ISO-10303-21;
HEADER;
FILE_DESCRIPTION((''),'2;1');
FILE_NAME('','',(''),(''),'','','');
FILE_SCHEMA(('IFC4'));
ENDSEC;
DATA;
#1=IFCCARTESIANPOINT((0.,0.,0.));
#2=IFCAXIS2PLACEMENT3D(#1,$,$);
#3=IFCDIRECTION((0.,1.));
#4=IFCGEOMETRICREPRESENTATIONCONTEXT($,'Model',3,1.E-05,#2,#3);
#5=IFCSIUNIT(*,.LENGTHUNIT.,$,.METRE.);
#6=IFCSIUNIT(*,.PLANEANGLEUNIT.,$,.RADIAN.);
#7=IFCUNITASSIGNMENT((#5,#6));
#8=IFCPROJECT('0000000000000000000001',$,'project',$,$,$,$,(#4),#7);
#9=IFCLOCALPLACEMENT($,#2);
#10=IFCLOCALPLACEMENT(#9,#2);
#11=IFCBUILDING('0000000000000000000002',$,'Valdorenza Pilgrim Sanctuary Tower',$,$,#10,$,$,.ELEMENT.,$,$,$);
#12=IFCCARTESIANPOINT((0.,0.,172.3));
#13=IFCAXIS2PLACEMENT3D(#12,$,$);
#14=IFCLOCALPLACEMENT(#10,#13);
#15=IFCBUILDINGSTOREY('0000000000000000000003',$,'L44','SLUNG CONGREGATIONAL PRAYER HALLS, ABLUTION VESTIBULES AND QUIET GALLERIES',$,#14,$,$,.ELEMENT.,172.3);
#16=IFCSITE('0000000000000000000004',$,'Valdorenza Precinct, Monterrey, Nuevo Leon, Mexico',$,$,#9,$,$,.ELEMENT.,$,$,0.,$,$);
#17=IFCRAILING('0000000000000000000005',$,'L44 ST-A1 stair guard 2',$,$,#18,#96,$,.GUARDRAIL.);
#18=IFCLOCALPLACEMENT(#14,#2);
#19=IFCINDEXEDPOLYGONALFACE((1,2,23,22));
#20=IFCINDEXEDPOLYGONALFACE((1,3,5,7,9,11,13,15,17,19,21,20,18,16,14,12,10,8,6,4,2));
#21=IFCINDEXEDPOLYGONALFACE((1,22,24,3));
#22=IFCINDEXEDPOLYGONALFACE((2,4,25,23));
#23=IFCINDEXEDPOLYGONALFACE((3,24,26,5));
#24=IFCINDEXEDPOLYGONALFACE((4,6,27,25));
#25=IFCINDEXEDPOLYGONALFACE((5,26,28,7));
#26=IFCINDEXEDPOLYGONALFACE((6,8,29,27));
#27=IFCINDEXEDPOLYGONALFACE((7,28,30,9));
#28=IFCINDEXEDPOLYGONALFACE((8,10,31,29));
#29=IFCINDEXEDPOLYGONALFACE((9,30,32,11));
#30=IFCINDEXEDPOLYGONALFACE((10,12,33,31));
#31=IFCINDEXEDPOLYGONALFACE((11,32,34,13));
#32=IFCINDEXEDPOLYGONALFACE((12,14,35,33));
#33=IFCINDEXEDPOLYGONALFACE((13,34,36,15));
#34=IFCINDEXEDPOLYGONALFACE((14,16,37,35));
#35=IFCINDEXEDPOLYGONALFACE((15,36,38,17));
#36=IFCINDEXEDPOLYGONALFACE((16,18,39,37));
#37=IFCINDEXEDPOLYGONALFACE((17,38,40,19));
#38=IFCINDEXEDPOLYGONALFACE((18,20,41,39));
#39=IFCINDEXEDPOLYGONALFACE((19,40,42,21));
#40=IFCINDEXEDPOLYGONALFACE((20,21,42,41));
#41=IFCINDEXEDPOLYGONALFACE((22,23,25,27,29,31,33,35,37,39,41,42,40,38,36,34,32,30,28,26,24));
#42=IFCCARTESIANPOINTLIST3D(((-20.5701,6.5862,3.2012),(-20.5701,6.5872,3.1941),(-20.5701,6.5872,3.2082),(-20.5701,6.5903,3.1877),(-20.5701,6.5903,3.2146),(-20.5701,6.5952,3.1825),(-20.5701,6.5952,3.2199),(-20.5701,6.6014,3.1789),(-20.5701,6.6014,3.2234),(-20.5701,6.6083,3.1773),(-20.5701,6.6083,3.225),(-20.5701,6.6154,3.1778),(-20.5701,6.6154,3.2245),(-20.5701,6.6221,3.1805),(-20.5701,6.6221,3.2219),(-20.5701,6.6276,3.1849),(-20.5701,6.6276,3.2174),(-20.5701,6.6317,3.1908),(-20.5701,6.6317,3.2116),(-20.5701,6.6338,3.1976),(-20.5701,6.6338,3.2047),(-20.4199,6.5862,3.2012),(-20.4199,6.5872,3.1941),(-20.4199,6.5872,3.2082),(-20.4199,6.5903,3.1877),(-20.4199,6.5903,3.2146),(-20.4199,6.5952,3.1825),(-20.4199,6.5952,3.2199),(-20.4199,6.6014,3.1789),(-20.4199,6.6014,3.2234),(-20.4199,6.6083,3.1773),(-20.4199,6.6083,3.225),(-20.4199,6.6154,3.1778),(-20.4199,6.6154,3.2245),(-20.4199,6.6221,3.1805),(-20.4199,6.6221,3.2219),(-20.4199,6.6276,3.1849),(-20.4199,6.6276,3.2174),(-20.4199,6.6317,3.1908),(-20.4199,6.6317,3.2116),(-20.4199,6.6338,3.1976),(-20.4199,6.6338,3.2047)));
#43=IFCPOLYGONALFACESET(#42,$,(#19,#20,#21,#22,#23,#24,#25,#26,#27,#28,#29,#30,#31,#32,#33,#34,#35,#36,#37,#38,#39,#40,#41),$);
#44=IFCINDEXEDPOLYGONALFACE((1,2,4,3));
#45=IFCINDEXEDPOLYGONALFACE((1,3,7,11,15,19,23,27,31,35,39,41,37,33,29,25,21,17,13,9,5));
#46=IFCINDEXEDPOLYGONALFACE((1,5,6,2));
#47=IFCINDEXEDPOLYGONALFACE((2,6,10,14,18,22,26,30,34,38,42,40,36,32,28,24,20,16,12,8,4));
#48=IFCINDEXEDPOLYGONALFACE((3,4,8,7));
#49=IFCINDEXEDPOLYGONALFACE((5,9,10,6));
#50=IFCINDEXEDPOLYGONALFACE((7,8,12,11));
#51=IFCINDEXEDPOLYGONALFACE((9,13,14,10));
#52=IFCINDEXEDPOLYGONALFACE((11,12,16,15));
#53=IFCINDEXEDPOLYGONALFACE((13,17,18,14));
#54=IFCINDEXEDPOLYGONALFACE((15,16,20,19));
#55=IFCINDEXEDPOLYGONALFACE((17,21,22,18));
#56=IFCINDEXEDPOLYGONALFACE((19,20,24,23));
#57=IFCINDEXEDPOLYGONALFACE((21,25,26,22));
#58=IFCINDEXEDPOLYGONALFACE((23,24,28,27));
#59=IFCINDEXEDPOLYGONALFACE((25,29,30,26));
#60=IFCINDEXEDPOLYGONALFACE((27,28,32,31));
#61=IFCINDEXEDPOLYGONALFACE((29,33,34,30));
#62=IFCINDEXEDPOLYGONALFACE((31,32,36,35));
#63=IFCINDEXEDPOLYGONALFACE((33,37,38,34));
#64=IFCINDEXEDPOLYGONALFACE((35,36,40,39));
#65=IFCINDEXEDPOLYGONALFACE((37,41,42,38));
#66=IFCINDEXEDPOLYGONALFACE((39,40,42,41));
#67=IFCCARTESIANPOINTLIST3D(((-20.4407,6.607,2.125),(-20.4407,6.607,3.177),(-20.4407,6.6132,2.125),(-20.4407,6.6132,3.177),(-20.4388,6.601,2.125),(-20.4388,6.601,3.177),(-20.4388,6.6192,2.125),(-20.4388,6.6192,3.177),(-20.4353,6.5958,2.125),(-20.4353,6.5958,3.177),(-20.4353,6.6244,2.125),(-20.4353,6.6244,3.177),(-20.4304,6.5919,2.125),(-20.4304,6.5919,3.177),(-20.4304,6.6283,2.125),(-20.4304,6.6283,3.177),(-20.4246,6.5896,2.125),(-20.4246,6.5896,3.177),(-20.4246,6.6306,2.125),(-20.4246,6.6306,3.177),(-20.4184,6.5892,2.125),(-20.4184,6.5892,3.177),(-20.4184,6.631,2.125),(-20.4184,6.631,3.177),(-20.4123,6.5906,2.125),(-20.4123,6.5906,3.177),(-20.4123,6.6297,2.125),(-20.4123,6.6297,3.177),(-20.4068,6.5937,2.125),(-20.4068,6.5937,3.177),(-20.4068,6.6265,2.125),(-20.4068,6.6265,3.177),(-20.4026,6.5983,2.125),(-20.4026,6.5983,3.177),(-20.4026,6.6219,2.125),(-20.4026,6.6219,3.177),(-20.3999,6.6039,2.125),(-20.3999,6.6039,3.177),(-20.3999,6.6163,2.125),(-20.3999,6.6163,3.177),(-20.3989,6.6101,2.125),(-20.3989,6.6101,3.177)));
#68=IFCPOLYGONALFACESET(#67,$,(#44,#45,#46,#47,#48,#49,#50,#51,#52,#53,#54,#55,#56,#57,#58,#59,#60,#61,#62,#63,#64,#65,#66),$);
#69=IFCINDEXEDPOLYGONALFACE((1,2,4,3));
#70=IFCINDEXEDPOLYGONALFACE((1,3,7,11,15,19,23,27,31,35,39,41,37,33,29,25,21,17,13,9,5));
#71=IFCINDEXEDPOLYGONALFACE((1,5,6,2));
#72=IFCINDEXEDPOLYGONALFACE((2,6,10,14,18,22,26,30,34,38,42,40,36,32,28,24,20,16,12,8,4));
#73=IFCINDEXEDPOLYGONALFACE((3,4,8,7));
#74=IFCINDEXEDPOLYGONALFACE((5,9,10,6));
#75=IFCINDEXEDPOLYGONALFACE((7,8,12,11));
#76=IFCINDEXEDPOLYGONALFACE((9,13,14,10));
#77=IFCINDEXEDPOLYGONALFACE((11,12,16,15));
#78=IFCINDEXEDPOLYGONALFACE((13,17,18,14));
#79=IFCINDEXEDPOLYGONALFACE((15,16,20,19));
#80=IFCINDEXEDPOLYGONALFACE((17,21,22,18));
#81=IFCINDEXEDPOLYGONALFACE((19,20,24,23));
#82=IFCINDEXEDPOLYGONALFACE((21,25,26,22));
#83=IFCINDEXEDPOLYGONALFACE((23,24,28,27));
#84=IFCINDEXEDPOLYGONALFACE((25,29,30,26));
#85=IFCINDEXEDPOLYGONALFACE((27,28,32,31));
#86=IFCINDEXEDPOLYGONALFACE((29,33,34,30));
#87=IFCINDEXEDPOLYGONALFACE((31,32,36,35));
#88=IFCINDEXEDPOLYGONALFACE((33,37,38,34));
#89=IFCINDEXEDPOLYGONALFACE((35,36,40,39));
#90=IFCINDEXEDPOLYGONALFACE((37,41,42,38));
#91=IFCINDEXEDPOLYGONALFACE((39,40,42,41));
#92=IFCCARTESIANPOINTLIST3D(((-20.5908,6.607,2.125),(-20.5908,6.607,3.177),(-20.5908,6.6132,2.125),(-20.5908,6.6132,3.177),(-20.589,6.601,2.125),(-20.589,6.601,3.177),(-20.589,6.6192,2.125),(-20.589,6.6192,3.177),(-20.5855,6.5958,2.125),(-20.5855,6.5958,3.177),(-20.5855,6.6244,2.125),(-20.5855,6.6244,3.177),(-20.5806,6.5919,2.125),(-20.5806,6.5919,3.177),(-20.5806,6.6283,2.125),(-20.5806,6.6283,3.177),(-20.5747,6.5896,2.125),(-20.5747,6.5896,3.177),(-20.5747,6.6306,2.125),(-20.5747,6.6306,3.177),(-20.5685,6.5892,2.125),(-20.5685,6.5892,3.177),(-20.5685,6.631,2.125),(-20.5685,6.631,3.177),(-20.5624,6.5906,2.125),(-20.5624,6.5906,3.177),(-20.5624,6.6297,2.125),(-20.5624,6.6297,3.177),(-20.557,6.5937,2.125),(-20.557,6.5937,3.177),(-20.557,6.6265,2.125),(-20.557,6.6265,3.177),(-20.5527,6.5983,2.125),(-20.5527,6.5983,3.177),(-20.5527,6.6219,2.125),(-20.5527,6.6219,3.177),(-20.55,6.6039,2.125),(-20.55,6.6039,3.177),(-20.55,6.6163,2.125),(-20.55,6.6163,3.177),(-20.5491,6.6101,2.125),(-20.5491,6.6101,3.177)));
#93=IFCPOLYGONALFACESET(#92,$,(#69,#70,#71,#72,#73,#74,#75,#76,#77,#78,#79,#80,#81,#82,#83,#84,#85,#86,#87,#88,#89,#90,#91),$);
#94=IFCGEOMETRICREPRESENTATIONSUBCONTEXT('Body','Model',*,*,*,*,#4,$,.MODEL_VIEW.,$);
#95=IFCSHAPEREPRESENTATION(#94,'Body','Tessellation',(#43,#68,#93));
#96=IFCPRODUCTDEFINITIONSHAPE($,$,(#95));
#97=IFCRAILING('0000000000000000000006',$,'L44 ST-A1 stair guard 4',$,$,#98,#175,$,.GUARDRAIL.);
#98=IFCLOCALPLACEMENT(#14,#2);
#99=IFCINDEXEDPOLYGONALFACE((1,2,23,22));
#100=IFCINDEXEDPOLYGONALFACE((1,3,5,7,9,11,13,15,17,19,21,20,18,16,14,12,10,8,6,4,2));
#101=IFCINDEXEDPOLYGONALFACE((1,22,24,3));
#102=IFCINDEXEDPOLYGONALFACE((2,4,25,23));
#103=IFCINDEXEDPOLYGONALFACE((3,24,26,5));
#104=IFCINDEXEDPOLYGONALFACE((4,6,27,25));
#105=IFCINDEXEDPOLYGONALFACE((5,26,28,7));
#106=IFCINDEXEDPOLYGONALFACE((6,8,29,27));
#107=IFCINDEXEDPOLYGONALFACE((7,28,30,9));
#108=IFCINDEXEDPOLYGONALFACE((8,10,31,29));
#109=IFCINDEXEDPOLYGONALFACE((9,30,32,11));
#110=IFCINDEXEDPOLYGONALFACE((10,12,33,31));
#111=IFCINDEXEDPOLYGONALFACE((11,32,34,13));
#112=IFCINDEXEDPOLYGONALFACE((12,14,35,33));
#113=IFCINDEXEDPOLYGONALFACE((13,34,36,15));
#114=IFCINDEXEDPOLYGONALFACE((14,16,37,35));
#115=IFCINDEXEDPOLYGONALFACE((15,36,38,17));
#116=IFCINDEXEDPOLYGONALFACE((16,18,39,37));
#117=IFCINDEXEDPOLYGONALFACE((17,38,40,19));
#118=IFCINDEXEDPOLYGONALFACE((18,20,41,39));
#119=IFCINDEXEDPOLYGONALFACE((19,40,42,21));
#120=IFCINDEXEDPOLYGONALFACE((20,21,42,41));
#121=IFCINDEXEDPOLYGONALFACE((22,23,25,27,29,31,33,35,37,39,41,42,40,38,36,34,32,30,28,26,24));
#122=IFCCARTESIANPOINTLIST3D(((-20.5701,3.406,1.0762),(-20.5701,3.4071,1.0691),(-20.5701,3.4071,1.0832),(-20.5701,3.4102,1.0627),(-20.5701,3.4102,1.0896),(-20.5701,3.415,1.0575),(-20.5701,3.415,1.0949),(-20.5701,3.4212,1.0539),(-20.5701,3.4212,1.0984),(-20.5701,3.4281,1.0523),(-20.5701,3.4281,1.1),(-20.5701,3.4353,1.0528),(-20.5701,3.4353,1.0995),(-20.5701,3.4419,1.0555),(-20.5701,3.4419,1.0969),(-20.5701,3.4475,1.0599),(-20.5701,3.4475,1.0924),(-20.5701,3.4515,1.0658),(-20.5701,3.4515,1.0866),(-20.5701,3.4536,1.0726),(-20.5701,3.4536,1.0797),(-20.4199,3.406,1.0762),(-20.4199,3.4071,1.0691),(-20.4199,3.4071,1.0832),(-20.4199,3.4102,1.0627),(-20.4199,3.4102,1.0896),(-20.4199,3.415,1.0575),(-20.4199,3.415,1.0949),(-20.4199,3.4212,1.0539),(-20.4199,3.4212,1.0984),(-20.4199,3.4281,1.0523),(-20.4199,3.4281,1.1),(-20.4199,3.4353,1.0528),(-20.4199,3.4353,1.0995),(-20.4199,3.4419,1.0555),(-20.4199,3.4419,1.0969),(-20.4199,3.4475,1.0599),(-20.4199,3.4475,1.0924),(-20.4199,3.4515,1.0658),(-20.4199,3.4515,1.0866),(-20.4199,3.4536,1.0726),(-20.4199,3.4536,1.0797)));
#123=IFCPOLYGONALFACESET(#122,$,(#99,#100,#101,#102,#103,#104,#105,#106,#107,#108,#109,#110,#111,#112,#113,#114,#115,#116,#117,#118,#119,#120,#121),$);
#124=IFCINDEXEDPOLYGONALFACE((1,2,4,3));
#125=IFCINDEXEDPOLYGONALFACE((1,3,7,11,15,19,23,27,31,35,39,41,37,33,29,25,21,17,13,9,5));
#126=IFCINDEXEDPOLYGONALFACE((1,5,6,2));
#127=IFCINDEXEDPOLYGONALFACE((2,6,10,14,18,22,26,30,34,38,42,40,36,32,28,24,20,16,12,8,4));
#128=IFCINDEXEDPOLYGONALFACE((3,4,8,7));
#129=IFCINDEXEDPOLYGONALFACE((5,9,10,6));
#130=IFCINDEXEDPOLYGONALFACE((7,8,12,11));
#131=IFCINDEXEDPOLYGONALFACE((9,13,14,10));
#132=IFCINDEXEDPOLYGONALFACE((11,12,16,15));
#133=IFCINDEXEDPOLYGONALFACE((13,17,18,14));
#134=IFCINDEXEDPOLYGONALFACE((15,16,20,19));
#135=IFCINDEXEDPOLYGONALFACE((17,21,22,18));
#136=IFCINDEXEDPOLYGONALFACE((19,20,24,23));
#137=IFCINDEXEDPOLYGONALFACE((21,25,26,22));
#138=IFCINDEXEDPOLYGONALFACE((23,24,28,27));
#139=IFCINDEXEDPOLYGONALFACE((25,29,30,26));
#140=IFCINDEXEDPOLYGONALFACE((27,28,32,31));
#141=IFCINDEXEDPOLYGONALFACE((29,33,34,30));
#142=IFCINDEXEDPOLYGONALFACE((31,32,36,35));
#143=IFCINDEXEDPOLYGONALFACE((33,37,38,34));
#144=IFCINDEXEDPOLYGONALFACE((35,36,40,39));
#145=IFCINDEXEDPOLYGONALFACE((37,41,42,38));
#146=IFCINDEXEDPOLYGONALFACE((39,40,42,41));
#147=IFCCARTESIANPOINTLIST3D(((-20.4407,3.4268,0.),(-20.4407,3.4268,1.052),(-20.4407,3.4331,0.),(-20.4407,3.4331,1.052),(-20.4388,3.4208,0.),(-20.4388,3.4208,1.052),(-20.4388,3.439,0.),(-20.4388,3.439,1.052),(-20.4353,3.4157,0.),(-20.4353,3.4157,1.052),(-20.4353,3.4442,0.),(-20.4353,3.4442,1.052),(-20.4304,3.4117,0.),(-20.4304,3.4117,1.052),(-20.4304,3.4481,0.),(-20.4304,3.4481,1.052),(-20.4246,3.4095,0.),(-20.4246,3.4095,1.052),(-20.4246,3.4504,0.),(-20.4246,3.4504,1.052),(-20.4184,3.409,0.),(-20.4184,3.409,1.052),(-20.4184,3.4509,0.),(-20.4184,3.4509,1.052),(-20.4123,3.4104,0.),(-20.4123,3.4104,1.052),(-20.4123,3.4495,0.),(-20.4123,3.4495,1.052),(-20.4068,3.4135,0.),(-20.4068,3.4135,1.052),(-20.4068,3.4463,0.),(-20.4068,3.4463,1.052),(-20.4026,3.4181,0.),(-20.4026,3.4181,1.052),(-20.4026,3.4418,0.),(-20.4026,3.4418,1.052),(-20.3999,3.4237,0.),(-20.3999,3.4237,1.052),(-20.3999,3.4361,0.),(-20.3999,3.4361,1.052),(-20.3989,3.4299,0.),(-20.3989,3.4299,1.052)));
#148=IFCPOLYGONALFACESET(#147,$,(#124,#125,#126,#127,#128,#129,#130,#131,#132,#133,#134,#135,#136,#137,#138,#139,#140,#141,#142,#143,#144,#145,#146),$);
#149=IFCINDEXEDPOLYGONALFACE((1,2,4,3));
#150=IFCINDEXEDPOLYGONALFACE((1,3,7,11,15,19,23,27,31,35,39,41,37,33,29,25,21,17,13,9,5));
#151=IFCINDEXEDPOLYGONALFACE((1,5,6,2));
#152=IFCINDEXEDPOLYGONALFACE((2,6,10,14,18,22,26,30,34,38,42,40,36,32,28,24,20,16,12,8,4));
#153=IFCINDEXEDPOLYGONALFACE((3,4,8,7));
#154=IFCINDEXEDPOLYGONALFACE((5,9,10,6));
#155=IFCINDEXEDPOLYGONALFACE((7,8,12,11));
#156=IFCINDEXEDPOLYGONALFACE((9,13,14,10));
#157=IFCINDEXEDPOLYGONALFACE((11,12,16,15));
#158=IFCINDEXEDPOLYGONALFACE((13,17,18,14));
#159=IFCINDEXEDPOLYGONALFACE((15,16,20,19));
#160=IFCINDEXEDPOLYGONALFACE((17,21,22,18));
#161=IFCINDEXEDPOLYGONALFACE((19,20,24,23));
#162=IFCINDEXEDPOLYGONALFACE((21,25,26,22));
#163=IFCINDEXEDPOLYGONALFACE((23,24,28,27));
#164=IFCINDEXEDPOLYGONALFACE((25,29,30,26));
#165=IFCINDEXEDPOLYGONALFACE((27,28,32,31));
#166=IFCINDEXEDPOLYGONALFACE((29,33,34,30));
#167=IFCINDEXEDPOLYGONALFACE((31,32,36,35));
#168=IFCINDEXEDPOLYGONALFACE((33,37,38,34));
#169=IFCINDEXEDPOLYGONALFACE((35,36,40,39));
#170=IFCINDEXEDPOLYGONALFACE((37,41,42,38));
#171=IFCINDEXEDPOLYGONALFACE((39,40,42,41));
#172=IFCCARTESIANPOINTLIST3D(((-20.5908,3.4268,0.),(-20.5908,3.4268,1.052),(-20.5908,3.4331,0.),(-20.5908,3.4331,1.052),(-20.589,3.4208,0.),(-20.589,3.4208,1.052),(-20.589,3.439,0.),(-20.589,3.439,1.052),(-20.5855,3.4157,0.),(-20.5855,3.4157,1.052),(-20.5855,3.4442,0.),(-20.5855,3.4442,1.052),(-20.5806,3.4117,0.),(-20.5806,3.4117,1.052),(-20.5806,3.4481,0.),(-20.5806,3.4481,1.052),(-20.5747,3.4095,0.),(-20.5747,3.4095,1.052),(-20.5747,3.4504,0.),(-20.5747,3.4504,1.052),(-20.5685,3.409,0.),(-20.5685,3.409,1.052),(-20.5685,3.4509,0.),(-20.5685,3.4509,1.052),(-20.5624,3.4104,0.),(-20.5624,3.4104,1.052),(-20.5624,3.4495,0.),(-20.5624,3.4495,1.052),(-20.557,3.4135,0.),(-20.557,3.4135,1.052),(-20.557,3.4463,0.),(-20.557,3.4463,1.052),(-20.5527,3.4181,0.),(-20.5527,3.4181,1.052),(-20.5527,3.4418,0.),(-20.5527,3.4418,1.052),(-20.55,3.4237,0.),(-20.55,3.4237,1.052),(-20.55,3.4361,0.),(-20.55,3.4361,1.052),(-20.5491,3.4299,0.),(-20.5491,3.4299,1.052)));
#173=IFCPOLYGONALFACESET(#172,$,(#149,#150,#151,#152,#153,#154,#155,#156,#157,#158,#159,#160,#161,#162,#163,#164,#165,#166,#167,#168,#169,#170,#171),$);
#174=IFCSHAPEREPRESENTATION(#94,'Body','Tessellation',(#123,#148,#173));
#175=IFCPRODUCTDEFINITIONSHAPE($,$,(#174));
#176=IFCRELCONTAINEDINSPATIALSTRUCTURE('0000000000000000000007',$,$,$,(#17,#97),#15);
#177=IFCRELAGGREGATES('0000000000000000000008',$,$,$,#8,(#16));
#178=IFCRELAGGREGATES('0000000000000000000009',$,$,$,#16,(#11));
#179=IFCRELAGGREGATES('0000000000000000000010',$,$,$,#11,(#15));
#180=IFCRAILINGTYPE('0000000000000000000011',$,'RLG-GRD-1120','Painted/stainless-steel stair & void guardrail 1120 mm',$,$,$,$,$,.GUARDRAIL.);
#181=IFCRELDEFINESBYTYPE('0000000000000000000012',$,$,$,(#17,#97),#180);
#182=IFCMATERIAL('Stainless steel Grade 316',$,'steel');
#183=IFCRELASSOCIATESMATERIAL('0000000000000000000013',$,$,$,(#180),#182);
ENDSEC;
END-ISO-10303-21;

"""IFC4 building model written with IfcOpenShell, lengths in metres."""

from ifc_helpers import new_model, si_unit, direction, frame, origin, origin_2d, place, context, subcontext, project, spatial, circle, extrude, material, type_object, element, save


model = new_model("IFC4")

# Units and contexts
model_context = context("Model", 3, precision=1e-05, world=origin(), true_north=direction((0.0, 1.0)))
body_context = subcontext(model_context, "Body", "Model", "MODEL_VIEW")
ifc_project = project(units=[si_unit("LENGTHUNIT", "METRE"), si_unit("PLANEANGLEUNIT", "RADIAN")], contexts=[model_context])

# Site, building, storey
site_placement = place(None, origin())
site = spatial("IfcSite", under=ifc_project, at=site_placement, Name="Valdorenza Precinct, Monterrey, Nuevo Leon, Mexico", CompositionType="ELEMENT", RefElevation=0.0)
building_placement = place(site_placement, origin())
building = spatial("IfcBuilding", under=site, at=building_placement, Name="Valdorenza Pilgrim Sanctuary Tower", CompositionType="ELEMENT")
storey_placement = place(building_placement, frame((0.0, 0.0, 172.3)))
storey = spatial("IfcBuildingStorey", under=building, at=storey_placement, Name="L44", Description="SLUNG CONGREGATIONAL PRAYER HALLS, ABLUTION VESTIBULES AND QUIET GALLERIES", CompositionType="ELEMENT", Elevation=172.3)

# Railings
ifc_material_1 = material(Name="Stainless steel Grade 316", Category="steel")
railing_type_1 = type_object("IfcRailingType", Name="RLG-GRD-1120", Description="Painted/stainless-steel stair & void guardrail 1120 mm", PredefinedType="GUARDRAIL", material=ifc_material_1)
for number, where, name in (
    (1, (-20.4199, 6.6101, 2.125), "L44 ST-A1 stair guard 2"),
    (2, (-20.4199, 3.4299, 0.0), "L44 ST-A1 stair guard 4"),
):
    element("IfcRailing", number, at=place(storey_placement, frame(where)), inside=storey, type_object=railing_type_1, Name=name, PredefinedType="GUARDRAIL", context=body_context, shape_type="SweptSolid", body=[
        extrude(circle(Radius=0.0239, at=origin_2d()), frame((0.0, 0.0, 1.0762), z_axis=(-1.0, 0.0, 0.0), x_axis=(0.0, -1.0, 0.0)), (0.0, 0.0, 1.0), 0.1501),
        extrude(circle(Radius=0.021, at=origin_2d()), origin(), (0.0, 0.0, 1.0), 1.052),
        extrude(circle(Radius=0.021, at=origin_2d()), frame((-0.1501, 0.0, 0.0)), (0.0, 0.0, 1.0), 1.052),
    ])

save(model, "model.ifc")
